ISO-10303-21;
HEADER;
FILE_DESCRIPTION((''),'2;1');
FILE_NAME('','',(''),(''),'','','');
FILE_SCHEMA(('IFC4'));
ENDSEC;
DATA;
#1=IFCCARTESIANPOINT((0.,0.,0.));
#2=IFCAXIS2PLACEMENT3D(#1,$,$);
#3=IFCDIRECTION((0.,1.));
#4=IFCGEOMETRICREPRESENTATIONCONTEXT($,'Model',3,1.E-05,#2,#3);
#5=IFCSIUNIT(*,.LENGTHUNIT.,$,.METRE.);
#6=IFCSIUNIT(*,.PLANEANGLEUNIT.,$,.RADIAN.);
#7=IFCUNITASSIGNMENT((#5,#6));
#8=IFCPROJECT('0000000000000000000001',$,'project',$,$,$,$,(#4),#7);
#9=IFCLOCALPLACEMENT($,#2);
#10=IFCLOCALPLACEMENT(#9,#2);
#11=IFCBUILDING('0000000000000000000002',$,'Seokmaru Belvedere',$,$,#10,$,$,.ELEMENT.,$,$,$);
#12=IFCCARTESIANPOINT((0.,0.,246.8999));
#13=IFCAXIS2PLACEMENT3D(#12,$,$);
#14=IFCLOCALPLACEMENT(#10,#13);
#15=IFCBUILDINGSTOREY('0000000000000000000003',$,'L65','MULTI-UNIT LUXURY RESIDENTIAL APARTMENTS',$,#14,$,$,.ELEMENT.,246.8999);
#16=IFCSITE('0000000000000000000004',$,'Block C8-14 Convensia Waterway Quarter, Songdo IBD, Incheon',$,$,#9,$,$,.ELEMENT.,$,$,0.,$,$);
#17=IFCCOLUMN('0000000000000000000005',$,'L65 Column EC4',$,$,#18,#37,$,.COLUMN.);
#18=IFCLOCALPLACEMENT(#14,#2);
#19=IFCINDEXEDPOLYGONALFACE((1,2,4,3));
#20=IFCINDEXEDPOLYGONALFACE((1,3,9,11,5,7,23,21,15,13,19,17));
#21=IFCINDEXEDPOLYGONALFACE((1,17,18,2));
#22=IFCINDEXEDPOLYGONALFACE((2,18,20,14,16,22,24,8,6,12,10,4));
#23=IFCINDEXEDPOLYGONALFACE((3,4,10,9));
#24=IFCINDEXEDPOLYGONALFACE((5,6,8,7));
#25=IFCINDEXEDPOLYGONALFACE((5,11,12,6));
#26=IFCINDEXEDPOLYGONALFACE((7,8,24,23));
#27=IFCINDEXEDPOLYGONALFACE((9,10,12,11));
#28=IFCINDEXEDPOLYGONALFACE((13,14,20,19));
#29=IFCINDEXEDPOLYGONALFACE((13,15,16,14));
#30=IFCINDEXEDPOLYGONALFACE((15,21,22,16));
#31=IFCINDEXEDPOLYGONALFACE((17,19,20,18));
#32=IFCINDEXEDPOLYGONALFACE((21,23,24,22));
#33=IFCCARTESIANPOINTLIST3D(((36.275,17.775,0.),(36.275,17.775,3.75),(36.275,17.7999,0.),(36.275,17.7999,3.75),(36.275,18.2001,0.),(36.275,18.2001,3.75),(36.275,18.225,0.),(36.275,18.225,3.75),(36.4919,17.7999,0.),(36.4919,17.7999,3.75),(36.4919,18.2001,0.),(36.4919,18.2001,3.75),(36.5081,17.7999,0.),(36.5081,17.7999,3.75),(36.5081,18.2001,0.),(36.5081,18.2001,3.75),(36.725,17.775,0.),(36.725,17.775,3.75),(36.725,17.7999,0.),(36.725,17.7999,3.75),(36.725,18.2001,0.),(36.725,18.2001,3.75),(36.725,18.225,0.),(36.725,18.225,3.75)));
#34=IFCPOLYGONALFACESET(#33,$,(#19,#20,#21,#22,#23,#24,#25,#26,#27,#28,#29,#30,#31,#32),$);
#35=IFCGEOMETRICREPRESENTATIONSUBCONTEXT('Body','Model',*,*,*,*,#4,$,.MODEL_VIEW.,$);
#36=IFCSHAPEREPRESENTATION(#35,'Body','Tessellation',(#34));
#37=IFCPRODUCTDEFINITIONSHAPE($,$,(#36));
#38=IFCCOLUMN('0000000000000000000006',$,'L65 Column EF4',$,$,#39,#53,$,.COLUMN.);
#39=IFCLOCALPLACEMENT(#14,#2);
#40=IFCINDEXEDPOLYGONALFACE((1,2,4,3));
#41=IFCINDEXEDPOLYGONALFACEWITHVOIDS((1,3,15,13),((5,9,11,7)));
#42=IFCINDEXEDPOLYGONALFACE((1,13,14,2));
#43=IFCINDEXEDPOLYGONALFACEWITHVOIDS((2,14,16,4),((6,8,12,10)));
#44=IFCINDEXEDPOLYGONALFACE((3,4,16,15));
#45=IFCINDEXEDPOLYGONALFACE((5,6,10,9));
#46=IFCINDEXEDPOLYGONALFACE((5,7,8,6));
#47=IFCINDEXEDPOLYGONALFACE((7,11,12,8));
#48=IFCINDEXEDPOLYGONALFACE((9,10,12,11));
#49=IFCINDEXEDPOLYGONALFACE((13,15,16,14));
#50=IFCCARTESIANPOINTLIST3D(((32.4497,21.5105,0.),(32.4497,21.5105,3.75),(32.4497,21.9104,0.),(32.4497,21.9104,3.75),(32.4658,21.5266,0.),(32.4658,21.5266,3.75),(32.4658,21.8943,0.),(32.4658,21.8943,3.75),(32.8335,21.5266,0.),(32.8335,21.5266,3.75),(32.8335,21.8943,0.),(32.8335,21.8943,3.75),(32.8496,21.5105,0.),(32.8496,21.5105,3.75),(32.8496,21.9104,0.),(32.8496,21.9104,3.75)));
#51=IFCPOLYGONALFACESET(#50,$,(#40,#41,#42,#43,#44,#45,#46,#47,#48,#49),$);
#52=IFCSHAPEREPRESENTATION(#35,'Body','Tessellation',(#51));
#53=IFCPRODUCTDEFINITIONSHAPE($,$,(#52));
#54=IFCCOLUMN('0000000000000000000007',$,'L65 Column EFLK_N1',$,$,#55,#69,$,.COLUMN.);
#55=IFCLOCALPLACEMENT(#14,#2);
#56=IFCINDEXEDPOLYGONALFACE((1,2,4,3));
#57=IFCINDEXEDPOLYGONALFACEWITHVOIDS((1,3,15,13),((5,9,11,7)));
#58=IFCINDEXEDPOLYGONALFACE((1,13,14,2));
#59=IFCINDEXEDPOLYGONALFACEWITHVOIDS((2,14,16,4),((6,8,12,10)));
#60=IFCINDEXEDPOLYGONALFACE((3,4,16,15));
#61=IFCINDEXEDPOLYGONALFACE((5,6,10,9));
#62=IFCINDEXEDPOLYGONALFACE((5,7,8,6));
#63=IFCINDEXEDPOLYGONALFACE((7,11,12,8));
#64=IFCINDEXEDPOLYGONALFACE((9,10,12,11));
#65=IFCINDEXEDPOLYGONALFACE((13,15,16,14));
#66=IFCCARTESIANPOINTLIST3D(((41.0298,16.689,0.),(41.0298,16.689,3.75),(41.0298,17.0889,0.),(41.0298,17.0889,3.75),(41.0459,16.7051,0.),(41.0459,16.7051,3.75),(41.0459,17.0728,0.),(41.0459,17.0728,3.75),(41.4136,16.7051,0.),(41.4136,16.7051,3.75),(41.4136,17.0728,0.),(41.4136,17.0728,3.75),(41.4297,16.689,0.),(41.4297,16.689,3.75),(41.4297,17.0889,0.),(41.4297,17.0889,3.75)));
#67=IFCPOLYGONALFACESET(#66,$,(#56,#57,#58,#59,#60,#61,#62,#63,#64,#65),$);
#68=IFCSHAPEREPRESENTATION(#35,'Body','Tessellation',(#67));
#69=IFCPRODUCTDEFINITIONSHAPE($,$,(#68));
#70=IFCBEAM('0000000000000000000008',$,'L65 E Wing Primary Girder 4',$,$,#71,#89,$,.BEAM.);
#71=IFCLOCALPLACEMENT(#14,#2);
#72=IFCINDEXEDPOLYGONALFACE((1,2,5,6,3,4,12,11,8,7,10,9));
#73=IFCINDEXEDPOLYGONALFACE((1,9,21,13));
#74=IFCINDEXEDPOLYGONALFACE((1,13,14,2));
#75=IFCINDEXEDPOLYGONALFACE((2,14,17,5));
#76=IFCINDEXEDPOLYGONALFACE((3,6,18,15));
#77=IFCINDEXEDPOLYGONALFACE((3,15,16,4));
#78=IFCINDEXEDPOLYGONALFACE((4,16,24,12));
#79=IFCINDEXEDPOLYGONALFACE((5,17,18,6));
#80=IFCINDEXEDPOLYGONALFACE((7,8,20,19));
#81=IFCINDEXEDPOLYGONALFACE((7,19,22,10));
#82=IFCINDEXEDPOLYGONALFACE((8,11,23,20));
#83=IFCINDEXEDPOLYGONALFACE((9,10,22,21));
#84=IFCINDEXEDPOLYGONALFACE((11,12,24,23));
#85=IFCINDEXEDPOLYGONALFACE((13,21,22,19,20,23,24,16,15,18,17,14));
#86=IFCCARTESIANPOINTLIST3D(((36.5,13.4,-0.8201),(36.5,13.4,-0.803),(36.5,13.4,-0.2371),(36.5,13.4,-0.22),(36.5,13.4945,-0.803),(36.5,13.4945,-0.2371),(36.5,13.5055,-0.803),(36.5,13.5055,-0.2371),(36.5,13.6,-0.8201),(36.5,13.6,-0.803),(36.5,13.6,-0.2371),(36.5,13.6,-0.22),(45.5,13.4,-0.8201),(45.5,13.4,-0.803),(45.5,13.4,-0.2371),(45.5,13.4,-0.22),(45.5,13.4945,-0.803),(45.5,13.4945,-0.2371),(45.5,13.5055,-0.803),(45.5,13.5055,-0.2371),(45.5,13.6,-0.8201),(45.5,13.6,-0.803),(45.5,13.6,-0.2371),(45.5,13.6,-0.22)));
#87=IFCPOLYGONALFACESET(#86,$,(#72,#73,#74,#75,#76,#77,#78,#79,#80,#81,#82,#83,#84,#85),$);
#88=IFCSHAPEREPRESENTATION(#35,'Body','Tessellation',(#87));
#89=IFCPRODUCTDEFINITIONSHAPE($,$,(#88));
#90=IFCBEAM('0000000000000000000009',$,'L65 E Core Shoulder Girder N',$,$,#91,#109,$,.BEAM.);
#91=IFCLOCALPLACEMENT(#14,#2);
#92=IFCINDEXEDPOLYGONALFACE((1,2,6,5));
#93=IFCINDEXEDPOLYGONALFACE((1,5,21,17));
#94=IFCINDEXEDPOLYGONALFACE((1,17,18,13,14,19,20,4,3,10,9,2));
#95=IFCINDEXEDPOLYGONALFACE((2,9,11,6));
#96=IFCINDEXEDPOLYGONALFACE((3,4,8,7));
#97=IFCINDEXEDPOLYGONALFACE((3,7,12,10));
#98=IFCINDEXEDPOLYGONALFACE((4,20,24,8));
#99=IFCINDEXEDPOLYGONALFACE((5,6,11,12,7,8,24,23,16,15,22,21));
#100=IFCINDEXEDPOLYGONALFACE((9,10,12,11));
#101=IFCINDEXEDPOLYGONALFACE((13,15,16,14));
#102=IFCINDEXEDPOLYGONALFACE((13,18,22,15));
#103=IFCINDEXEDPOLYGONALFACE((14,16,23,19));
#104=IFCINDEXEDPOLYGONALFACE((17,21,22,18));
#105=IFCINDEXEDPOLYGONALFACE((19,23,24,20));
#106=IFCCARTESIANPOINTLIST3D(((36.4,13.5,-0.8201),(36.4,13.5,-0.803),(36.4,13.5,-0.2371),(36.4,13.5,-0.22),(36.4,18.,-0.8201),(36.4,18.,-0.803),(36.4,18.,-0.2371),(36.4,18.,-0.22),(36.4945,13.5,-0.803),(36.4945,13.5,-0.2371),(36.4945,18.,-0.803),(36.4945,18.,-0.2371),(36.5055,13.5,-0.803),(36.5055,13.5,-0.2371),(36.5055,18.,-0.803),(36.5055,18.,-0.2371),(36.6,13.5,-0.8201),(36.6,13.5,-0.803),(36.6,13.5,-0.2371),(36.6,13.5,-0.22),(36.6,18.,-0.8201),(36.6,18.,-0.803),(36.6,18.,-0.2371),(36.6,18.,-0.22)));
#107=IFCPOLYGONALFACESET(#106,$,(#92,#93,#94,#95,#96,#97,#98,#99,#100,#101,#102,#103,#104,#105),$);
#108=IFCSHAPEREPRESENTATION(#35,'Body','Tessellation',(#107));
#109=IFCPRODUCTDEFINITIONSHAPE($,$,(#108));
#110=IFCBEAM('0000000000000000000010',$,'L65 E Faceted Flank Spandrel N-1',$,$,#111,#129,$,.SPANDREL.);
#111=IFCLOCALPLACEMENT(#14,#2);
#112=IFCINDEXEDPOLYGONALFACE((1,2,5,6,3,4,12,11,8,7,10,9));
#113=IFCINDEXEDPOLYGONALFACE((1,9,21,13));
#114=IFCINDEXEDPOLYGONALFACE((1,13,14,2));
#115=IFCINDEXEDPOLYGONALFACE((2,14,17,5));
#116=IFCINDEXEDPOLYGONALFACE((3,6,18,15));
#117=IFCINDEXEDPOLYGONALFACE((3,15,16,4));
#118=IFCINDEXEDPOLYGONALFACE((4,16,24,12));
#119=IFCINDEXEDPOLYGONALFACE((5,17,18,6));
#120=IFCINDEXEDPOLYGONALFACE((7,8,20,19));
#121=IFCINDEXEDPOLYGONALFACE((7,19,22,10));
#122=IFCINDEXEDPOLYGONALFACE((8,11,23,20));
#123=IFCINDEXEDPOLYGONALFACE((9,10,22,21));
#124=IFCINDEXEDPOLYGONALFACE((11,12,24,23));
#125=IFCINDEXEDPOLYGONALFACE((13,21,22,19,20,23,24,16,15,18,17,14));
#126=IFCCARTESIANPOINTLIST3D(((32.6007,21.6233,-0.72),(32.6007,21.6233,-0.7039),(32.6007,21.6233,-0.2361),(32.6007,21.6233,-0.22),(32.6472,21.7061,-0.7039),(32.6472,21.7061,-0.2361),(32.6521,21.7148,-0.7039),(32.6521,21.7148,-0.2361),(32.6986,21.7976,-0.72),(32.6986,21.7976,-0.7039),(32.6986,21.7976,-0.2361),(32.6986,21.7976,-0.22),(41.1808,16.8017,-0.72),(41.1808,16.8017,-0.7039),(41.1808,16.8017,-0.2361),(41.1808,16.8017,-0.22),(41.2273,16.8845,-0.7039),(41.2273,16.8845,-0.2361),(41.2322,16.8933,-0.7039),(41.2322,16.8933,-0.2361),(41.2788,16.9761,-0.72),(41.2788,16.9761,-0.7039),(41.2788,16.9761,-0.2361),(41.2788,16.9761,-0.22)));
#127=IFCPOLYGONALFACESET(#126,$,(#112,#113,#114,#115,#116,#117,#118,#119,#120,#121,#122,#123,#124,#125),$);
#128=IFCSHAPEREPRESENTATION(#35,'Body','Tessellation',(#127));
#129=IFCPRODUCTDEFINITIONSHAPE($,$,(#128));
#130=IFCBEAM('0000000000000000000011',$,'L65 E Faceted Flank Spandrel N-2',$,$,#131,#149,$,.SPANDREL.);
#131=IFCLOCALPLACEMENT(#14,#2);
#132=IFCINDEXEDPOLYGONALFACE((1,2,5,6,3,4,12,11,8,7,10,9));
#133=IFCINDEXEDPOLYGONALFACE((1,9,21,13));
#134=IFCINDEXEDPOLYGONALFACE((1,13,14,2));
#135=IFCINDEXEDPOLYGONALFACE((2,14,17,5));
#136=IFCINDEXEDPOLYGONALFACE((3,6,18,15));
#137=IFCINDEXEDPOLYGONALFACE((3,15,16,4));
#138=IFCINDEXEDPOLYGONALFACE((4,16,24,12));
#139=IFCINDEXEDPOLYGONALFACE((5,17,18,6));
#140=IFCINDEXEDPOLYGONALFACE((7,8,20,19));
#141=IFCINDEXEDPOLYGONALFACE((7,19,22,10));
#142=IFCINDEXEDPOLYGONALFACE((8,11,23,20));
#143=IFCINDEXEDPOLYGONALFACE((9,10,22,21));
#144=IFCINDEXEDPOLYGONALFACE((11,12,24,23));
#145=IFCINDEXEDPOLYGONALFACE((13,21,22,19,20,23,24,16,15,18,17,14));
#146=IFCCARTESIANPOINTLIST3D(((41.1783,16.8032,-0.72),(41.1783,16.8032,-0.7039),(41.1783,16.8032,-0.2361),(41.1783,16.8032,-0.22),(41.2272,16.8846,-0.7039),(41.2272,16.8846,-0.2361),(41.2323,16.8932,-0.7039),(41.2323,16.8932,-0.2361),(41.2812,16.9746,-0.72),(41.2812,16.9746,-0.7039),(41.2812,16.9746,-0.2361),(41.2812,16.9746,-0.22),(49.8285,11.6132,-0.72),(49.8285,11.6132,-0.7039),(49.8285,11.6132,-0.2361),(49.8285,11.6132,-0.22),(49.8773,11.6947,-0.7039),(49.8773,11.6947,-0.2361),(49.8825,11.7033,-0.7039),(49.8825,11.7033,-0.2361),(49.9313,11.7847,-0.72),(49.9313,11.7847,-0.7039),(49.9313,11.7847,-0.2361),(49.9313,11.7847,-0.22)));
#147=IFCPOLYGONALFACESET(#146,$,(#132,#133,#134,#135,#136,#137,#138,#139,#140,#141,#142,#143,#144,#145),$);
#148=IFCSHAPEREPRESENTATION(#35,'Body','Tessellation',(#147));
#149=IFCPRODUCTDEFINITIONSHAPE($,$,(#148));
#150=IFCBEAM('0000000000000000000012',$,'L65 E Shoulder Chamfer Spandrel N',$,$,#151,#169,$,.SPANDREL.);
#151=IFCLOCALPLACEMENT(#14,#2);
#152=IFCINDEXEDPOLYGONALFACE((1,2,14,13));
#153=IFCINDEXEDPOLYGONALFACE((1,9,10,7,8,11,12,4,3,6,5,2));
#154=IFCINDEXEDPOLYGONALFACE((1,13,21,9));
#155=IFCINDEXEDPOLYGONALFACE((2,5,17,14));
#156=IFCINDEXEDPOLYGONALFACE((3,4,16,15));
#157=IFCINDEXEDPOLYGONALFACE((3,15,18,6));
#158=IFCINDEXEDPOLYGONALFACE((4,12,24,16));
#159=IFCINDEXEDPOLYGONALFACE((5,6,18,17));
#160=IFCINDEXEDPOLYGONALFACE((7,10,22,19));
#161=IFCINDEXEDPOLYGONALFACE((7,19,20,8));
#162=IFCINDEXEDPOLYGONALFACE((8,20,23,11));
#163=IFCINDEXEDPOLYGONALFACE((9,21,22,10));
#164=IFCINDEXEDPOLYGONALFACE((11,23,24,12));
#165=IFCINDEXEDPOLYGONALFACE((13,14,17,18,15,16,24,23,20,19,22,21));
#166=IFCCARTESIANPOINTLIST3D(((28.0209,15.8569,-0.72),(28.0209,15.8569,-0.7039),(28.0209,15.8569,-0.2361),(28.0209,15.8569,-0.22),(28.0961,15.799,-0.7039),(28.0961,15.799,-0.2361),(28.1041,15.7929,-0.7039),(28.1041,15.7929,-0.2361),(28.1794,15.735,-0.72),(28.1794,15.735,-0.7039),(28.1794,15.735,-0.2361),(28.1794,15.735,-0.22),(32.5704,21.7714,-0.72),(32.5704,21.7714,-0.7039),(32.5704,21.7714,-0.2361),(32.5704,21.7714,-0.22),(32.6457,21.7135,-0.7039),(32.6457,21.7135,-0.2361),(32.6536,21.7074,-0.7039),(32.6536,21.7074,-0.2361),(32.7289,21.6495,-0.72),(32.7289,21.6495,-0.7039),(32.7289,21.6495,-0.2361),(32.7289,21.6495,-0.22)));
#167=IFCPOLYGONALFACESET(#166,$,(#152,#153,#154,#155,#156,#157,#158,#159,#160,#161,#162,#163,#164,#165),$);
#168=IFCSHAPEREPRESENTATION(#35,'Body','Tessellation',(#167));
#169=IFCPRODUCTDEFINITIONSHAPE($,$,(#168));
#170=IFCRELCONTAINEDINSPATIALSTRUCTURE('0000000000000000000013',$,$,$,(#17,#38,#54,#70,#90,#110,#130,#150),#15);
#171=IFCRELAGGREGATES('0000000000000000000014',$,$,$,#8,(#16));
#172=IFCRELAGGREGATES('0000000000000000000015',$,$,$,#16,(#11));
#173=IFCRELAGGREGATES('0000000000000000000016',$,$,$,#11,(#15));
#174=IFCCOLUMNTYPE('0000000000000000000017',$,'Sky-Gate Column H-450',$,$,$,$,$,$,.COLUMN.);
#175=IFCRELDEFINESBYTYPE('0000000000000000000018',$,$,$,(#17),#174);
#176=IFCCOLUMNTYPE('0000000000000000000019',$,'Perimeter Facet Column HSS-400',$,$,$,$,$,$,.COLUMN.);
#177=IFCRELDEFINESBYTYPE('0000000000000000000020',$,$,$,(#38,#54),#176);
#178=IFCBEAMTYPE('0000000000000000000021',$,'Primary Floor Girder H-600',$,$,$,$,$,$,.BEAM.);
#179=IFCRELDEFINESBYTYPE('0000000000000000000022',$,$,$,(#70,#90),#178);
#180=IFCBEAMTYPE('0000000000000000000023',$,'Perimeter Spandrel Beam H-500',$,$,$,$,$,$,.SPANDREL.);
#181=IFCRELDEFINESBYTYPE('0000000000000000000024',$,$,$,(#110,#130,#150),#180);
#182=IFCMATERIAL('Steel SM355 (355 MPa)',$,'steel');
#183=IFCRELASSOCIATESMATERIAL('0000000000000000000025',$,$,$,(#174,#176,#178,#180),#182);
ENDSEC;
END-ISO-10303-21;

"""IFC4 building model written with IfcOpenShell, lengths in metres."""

from ifc_helpers import new_model, si_unit, direction, frame, origin, origin_2d, place, context, subcontext, project, spatial, hollow_rectangle, i_section, extrude, source, transform, mapped, material, material_profile, profile_set, type_object, type_shapes, element, save


model = new_model("IFC4")

# Units and contexts
model_context = context("Model", 3, precision=1e-05, world=origin(), true_north=direction((0.0, 1.0)))
body_context = subcontext(model_context, "Body", "Model", "MODEL_VIEW")
ifc_project = project(units=[si_unit("LENGTHUNIT", "METRE"), si_unit("PLANEANGLEUNIT", "RADIAN")], contexts=[model_context])

# Site, building, storey
site_placement = place(None, origin())
site = spatial("IfcSite", under=ifc_project, at=site_placement, Name="Block C8-14 Convensia Waterway Quarter, Songdo IBD, Incheon", CompositionType="ELEMENT", RefElevation=0.0)
building_placement = place(site_placement, origin())
building = spatial("IfcBuilding", under=site, at=building_placement, Name="Seokmaru Belvedere", CompositionType="ELEMENT")
storey_placement = place(building_placement, frame((0.0, 0.0, 246.8999)))
storey = spatial("IfcBuildingStorey", under=building, at=storey_placement, Name="L65", Description="MULTI-UNIT LUXURY RESIDENTIAL APARTMENTS", CompositionType="ELEMENT", Elevation=246.8999)

# Columns
ifc_material_1 = material(Name="Steel SM355 (355 MPa)", Category="steel")
ifc_material_profile_1 = material_profile(ifc_material_1, i_section(OverallWidth=0.45, OverallDepth=0.45, WebThickness=0.0161, FlangeThickness=0.0249, at=origin_2d()), Name="H-450x450x16x25")
ifc_profile_set_1 = profile_set([ifc_material_profile_1], Name="Steel SM355 (355 MPa)")
column_type_1 = type_object("IfcColumnType", Name="Sky-Gate Column H-450", PredefinedType="COLUMN", material=ifc_profile_set_1)
shared_shape_1 = source(origin(), body_context, "Body", "SweptSolid", [
    extrude(i_section(OverallWidth=0.45, OverallDepth=0.45, WebThickness=0.0161, FlangeThickness=0.0249, at=origin_2d()), origin(), (0.0, 0.0, 1.0), 3.75),
])
type_shapes(column_type_1, [shared_shape_1])
column_placement = place(storey_placement, frame((36.5, 18.0, 0.0), z_axis=(0.0, 0.0, 1.0), x_axis=(1.0, 0.0, 0.0)))
element("IfcColumn", 1, at=column_placement, inside=storey, type_object=column_type_1, Name="L65 Column EC4", PredefinedType="COLUMN", context=body_context, shape_type="MappedRepresentation", body=[
    mapped(shared_shape_1, transform((0.0, 0.0, 0.0), scale=1.0)),
])
ifc_material_profile_2 = material_profile(ifc_material_1, hollow_rectangle(XDim=0.3999, YDim=0.3999, WallThickness=0.0161, at=origin_2d()), Name="HSS-400x400x16")
ifc_profile_set_2 = profile_set([ifc_material_profile_2], Name="Steel SM355 (355 MPa)")
column_type_2 = type_object("IfcColumnType", Name="Perimeter Facet Column HSS-400", PredefinedType="COLUMN", material=ifc_profile_set_2)
shared_shape_2 = source(origin(), body_context, "Body", "SweptSolid", [
    extrude(hollow_rectangle(XDim=0.3999, YDim=0.3999, WallThickness=0.0161, at=origin_2d()), origin(), (0.0, 0.0, 1.0), 3.75),
])
type_shapes(column_type_2, [shared_shape_2])
for number, where, z_axis, x_axis, name in (
    (2, (32.6497, 21.7104, 0.0), (0.0, 0.0, 1.0), (1.0, 0.0, 0.0), "L65 Column EF4"),
    (3, (41.2297, 16.8889, 0.0), (0.0, 0.0, 1.0), (1.0, 0.0, 0.0), "L65 Column EFLK_N1"),
):
    element("IfcColumn", number, at=place(storey_placement, frame(where, z_axis=z_axis, x_axis=x_axis)), inside=storey, type_object=column_type_2, Name=name, PredefinedType="COLUMN", context=body_context, shape_type="MappedRepresentation", body=[
        mapped(shared_shape_2, transform((0.0, 0.0, 0.0), scale=1.0)),
    ])

# Beams
ifc_material_profile_3 = material_profile(ifc_material_1, i_section(OverallWidth=0.2, OverallDepth=0.6001, WebThickness=0.011, FlangeThickness=0.0171, at=origin_2d()), Name="H-600x200x11x17")
ifc_profile_set_3 = profile_set([ifc_material_profile_3], Name="Steel SM355 (355 MPa)")
beam_type_1 = type_object("IfcBeamType", Name="Primary Floor Girder H-600", PredefinedType="BEAM", material=ifc_profile_set_3)
shared_shape_3 = source(origin(), body_context, "Body", "SweptSolid", [
    extrude(i_section(OverallWidth=0.2, OverallDepth=0.6001, WebThickness=0.011, FlangeThickness=0.0171, at=origin_2d()), origin(), (0.0, 0.0, 1.0), 9.0),
])
beam_1_placement = place(storey_placement, frame((36.5, 13.5, -0.52), z_axis=(1.0, 0.0, 0.0), x_axis=(0.0, 1.0, 0.0)))
element("IfcBeam", 4, at=beam_1_placement, inside=storey, type_object=beam_type_1, Name="L65 E Wing Primary Girder 4", PredefinedType="BEAM", context=body_context, shape_type="MappedRepresentation", body=[
    mapped(shared_shape_3, transform((0.0, 0.0, 0.0), scale=1.0)),
])
shared_shape_4 = source(origin(), body_context, "Body", "SweptSolid", [
    extrude(i_section(OverallWidth=0.2, OverallDepth=0.6001, WebThickness=0.011, FlangeThickness=0.0171, at=origin_2d()), origin(), (0.0, 0.0, 1.0), 4.5),
])
beam_2_placement = place(storey_placement, frame((36.5, 13.5, -0.52), z_axis=(0.0, 1.0, 0.0), x_axis=(-1.0, 0.0, 0.0)))
element("IfcBeam", 5, at=beam_2_placement, inside=storey, type_object=beam_type_1, Name="L65 E Core Shoulder Girder N", PredefinedType="BEAM", context=body_context, shape_type="MappedRepresentation", body=[
    mapped(shared_shape_4, transform((0.0, 0.0, 0.0), scale=1.0)),
])
ifc_material_profile_4 = material_profile(ifc_material_1, i_section(OverallWidth=0.2, OverallDepth=0.5, WebThickness=0.01, FlangeThickness=0.0161, at=origin_2d()), Name="H-500x200x10x16")
ifc_profile_set_4 = profile_set([ifc_material_profile_4], Name="Steel SM355 (355 MPa)")
beam_type_2 = type_object("IfcBeamType", Name="Perimeter Spandrel Beam H-500", PredefinedType="SPANDREL", material=ifc_profile_set_4)
shared_shape_5 = source(origin(), body_context, "Body", "SweptSolid", [
    extrude(i_section(OverallWidth=0.2, OverallDepth=0.5, WebThickness=0.01, FlangeThickness=0.0161, at=origin_2d()), origin(), (0.0, 0.0, 1.0), 9.842),
])
beam_3_placement = place(storey_placement, frame((32.6497, 21.7104, -0.47), z_axis=(0.871782, -0.489894, 0.0), x_axis=(0.489894, 0.871782, 0.0)))
element("IfcBeam", 6, at=beam_3_placement, inside=storey, type_object=beam_type_2, Name="L65 E Faceted Flank Spandrel N-1", PredefinedType="SPANDREL", context=body_context, shape_type="MappedRepresentation", body=[
    mapped(shared_shape_5, transform((0.0, 0.0, 0.0), scale=1.0)),
])
shared_shape_6 = source(origin(), body_context, "Body", "SweptSolid", [
    extrude(i_section(OverallWidth=0.2, OverallDepth=0.5, WebThickness=0.01, FlangeThickness=0.0161, at=origin_2d()), origin(), (0.0, 0.0, 1.0), 10.0876),
])
beam_4_placement = place(storey_placement, frame((41.2297, 16.8889, -0.47), z_axis=(0.857499, -0.514485, 0.0), x_axis=(0.514485, 0.857499, 0.0)))
element("IfcBeam", 7, at=beam_4_placement, inside=storey, type_object=beam_type_2, Name="L65 E Faceted Flank Spandrel N-2", PredefinedType="SPANDREL", context=body_context, shape_type="MappedRepresentation", body=[
    mapped(shared_shape_6, transform((0.0, 0.0, 0.0), scale=1.0)),
])
shared_shape_7 = source(origin(), body_context, "Body", "SweptSolid", [
    extrude(i_section(OverallWidth=0.2, OverallDepth=0.5, WebThickness=0.01, FlangeThickness=0.0161, at=origin_2d()), origin(), (0.0, 0.0, 1.0), 7.4619),
])
type_shapes(beam_type_2, [shared_shape_5, shared_shape_6, shared_shape_7])
beam_5_placement = place(storey_placement, frame((32.6497, 21.7104, -0.47), z_axis=(-0.609703, -0.79263, 0.0), x_axis=(0.79263, -0.609703, 0.0)))
element("IfcBeam", 8, at=beam_5_placement, inside=storey, type_object=beam_type_2, Name="L65 E Shoulder Chamfer Spandrel N", PredefinedType="SPANDREL", context=body_context, shape_type="MappedRepresentation", body=[
    mapped(shared_shape_7, transform((0.0, 0.0, 0.0), scale=1.0)),
])

save(model, "model.ifc")
